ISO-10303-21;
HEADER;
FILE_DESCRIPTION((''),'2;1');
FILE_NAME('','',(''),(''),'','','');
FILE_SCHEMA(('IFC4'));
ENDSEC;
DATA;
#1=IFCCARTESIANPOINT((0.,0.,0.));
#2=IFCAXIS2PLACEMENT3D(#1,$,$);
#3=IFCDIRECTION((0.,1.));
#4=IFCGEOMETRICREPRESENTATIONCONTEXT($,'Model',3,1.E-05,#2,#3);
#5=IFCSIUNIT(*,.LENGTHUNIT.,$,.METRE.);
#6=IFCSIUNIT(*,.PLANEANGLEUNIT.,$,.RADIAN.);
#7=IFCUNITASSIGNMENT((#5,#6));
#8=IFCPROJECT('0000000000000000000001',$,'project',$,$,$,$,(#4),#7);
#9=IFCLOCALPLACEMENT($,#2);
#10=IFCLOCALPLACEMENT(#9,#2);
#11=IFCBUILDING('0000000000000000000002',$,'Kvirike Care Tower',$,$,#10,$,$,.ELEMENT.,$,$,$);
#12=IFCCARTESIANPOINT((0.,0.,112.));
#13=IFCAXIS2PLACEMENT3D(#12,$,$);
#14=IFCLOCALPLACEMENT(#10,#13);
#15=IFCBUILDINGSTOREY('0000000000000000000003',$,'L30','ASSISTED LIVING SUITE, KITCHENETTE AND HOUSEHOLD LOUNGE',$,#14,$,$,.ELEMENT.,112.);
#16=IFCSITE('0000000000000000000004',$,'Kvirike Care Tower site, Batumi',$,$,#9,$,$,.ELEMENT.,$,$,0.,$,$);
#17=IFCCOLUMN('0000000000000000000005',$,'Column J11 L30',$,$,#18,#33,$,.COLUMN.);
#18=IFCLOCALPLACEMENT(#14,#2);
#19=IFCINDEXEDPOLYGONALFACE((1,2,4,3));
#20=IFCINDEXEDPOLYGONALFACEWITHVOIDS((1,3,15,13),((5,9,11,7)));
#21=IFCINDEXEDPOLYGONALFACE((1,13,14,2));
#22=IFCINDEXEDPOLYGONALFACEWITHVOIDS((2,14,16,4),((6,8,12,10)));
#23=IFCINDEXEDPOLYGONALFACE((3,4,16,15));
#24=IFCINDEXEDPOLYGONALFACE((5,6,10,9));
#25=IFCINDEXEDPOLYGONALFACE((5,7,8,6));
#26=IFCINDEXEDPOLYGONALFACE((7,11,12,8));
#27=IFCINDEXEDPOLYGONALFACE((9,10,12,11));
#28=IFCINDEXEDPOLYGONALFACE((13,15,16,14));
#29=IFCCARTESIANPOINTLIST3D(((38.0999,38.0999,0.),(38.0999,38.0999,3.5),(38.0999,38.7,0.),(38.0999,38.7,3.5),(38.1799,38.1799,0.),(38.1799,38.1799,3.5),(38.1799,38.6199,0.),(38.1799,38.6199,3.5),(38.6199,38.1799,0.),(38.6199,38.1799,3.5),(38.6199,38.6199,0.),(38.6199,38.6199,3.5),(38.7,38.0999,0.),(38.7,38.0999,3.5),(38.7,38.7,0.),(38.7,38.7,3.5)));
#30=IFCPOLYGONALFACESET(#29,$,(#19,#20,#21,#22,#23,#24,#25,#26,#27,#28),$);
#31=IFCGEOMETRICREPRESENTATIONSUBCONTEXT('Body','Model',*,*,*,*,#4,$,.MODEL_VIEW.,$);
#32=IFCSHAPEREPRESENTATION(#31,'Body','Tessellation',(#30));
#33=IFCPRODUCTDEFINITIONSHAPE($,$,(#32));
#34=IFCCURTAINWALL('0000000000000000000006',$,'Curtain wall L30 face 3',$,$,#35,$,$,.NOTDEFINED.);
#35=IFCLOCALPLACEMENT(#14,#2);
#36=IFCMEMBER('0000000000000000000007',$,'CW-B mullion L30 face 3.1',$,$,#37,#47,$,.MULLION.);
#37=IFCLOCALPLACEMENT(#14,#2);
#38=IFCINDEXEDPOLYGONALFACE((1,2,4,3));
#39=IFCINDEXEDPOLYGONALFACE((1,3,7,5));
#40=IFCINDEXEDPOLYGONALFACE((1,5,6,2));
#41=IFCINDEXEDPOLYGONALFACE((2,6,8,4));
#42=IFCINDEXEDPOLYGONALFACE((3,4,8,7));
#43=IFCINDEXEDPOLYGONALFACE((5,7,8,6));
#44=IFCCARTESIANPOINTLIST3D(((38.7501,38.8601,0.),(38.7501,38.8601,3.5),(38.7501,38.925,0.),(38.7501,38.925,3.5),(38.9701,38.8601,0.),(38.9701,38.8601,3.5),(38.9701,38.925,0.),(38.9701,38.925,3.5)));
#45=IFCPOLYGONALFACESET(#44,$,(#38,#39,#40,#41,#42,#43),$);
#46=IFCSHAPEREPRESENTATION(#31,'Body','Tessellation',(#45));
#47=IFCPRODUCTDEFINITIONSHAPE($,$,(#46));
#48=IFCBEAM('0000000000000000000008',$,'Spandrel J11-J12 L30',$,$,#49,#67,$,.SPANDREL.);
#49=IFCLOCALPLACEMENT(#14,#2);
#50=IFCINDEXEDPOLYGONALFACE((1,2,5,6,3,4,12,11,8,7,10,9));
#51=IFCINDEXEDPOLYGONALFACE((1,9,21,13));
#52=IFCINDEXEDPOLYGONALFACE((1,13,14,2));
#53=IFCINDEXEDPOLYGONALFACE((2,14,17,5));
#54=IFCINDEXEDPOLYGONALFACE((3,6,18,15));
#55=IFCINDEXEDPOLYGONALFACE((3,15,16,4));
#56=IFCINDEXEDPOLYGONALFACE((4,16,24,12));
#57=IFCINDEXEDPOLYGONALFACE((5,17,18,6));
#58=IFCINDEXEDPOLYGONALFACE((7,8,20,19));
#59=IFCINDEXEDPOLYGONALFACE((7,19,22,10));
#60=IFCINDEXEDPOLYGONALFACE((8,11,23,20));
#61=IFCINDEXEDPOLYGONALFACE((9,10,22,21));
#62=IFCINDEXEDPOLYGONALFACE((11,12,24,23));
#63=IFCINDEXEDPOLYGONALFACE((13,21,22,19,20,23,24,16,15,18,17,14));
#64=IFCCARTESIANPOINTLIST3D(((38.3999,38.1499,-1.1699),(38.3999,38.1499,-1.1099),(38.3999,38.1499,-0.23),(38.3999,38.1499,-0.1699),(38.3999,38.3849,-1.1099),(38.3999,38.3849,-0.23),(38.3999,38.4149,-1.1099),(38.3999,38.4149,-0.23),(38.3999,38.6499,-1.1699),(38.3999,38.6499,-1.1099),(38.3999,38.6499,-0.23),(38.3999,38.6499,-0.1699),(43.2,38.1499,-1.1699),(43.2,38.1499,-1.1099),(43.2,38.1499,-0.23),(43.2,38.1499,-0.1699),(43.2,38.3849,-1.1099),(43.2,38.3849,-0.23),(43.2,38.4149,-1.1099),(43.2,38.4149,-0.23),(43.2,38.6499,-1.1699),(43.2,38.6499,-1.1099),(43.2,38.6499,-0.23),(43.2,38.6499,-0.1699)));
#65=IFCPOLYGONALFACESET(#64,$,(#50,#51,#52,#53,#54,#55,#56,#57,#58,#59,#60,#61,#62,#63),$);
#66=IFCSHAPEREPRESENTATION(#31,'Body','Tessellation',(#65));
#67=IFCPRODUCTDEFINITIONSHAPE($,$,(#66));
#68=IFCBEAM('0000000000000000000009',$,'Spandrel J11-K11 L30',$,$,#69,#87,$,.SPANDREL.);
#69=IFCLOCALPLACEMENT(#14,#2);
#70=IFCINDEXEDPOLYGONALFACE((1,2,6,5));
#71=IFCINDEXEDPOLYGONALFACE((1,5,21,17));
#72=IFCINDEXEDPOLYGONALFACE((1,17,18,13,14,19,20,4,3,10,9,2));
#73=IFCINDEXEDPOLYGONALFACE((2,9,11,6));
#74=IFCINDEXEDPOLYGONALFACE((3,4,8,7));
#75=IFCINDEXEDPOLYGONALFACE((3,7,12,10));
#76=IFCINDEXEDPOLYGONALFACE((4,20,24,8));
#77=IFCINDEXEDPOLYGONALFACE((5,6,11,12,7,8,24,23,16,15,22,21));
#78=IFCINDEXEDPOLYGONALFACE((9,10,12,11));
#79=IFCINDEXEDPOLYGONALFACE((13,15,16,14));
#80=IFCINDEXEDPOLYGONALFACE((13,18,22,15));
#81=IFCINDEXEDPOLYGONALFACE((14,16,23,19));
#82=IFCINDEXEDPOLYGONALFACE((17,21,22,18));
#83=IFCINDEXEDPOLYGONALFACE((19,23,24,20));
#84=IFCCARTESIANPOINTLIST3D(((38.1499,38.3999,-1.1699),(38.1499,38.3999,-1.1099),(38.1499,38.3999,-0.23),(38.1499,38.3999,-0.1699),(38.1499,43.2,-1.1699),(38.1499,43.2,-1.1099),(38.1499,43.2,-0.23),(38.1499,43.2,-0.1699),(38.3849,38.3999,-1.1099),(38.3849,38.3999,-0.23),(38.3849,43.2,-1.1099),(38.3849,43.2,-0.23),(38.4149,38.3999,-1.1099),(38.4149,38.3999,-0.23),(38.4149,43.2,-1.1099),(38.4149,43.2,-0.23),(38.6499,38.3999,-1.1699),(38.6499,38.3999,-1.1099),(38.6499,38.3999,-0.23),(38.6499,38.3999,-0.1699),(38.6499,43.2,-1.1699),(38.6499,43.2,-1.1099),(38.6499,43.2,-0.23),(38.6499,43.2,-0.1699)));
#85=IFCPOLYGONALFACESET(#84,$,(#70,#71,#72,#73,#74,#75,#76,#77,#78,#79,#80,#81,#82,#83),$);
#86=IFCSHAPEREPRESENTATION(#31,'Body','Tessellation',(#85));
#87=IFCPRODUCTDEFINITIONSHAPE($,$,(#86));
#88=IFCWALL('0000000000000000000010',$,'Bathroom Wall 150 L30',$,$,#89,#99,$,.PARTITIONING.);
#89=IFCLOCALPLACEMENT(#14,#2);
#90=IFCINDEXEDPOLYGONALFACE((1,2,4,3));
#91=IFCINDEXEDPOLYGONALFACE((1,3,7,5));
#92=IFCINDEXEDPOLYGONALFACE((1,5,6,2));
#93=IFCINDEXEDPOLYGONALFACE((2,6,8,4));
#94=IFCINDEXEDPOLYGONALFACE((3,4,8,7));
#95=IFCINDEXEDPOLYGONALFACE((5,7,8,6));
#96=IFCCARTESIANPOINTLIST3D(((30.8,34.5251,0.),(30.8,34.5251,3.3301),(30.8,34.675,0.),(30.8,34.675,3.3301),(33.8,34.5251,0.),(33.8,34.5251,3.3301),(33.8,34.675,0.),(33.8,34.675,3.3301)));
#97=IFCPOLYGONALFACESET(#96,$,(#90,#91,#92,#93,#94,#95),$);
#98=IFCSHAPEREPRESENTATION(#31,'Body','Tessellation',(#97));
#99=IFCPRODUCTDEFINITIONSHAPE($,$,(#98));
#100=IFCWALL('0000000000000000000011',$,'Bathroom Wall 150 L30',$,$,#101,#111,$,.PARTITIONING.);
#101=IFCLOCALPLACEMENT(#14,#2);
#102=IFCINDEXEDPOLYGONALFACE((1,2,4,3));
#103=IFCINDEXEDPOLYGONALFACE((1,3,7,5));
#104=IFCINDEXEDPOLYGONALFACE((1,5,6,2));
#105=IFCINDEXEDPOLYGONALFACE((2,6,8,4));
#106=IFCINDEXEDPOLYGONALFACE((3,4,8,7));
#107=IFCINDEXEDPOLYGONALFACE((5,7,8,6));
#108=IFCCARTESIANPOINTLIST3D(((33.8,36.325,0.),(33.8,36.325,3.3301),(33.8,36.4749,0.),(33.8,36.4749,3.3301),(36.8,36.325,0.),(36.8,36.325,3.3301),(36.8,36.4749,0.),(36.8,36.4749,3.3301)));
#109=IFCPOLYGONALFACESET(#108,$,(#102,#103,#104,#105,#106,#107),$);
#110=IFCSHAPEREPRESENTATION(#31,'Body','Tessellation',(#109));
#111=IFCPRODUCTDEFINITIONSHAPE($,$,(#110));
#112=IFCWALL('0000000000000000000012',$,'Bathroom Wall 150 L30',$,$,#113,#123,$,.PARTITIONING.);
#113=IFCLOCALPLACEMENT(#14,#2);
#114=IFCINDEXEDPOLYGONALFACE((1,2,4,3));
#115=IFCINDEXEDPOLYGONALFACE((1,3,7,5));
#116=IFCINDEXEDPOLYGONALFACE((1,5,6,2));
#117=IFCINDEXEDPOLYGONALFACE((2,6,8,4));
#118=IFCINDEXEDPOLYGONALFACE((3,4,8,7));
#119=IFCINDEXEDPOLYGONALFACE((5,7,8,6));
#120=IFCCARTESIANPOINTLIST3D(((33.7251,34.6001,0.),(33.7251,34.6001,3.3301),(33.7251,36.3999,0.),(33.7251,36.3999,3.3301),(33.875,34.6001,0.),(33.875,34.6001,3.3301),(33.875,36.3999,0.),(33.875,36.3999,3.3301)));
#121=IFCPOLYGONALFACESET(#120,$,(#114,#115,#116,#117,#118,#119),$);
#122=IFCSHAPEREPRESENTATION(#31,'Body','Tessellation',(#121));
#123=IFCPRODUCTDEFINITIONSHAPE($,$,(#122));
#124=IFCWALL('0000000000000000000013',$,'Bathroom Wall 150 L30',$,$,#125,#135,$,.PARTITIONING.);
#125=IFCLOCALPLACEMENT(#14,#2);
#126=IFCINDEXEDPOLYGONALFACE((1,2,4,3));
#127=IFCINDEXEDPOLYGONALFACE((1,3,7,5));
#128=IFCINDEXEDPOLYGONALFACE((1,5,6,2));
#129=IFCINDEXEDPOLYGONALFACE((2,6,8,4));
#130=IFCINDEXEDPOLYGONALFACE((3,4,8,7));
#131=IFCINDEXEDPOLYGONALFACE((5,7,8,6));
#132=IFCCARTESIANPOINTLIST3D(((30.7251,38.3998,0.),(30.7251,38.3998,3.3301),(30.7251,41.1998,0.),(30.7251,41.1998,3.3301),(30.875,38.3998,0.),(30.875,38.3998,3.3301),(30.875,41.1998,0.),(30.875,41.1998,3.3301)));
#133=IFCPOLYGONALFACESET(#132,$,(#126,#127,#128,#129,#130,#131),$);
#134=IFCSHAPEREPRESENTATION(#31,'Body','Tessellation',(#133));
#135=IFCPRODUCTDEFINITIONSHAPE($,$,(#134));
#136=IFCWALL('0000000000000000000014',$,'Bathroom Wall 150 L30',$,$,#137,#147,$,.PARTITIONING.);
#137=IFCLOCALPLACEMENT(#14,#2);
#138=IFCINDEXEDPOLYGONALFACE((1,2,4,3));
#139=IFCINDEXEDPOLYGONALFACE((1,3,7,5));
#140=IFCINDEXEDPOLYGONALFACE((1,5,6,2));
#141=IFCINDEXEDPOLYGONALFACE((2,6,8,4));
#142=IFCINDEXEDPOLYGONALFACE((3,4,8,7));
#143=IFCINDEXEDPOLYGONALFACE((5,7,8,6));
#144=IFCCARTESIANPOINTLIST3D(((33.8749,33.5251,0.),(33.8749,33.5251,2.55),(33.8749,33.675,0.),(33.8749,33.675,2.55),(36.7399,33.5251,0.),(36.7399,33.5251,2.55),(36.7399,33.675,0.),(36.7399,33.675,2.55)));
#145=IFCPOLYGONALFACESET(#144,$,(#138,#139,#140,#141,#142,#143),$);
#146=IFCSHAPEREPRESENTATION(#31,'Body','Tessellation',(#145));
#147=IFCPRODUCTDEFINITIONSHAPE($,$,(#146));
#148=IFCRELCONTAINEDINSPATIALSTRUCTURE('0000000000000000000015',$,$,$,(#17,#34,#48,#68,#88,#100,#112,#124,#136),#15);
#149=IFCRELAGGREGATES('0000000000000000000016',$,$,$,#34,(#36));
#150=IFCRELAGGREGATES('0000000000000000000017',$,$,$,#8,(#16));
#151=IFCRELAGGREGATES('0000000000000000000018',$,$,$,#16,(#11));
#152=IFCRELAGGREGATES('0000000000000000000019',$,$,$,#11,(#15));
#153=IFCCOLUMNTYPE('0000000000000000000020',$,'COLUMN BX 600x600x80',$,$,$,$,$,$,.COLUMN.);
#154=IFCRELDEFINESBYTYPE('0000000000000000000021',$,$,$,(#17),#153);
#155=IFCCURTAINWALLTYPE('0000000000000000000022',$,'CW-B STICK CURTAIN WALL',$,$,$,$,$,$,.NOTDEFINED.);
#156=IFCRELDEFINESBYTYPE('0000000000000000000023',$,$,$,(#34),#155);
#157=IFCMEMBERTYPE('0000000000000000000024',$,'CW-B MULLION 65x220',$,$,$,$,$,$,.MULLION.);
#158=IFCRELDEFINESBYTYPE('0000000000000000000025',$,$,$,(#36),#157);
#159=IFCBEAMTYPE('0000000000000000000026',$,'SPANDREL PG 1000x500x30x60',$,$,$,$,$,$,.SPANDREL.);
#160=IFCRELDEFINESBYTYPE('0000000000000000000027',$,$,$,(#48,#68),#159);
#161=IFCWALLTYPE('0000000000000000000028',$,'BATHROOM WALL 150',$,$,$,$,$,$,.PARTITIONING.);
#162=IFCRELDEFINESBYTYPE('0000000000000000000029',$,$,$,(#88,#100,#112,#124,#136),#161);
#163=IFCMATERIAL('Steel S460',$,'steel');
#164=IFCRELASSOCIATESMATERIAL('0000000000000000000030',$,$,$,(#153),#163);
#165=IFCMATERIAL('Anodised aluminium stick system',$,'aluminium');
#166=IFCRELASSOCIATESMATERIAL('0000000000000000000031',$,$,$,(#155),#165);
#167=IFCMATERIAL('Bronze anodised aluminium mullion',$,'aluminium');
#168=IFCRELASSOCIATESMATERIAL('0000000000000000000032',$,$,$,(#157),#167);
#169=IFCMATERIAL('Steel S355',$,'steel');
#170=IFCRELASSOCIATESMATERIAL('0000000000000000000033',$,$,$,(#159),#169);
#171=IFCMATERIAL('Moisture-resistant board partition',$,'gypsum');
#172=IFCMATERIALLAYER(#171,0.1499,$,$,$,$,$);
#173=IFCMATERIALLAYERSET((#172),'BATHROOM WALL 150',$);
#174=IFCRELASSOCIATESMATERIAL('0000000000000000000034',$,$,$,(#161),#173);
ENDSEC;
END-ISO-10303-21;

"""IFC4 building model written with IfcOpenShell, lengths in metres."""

from ifc_helpers import new_model, si_unit, direction, frame, frame_2d, origin, origin_2d, place, context, subcontext, project, spatial, rectangle, hollow_rectangle, i_section, extrude, material, layer, layer_set, material_profile, profile_set, type_object, element, aggregate, save


model = new_model("IFC4")

# Units and contexts
model_context = context("Model", 3, precision=1e-05, world=origin(), true_north=direction((0.0, 1.0)))
body_context = subcontext(model_context, "Body", "Model", "MODEL_VIEW")
ifc_project = project(units=[si_unit("LENGTHUNIT", "METRE"), si_unit("PLANEANGLEUNIT", "RADIAN")], contexts=[model_context])

# Site, building, storey
site_placement = place(None, origin())
site = spatial("IfcSite", under=ifc_project, at=site_placement, Name="Kvirike Care Tower site, Batumi", CompositionType="ELEMENT", RefElevation=0.0)
building_placement = place(site_placement, origin())
building = spatial("IfcBuilding", under=site, at=building_placement, Name="Kvirike Care Tower", CompositionType="ELEMENT")
storey_placement = place(building_placement, frame((0.0, 0.0, 112.0)))
storey = spatial("IfcBuildingStorey", under=building, at=storey_placement, Name="L30", Description="ASSISTED LIVING SUITE, KITCHENETTE AND HOUSEHOLD LOUNGE", CompositionType="ELEMENT", Elevation=112.0)

# Column
ifc_material_1 = material(Name="Steel S460", Category="steel")
ifc_material_profile_1 = material_profile(ifc_material_1, hollow_rectangle(XDim=0.6001, YDim=0.6001, WallThickness=0.0801, at=origin_2d()), Name="BX 600x600x80")
ifc_profile_set_1 = profile_set([ifc_material_profile_1], Name="Steel S460")
column_type = type_object("IfcColumnType", Name="COLUMN BX 600x600x80", PredefinedType="COLUMN", material=ifc_profile_set_1)
column_placement = place(storey_placement, frame((38.3999, 38.3999, 0.0), z_axis=(0.0, 0.0, 1.0), x_axis=(0.0, 1.0, 0.0)))
element("IfcColumn", 1, at=column_placement, inside=storey, type_object=column_type, Name="Column J11 L30", PredefinedType="COLUMN", context=body_context, shape_type="SweptSolid", body=[
    extrude(hollow_rectangle(XDim=0.6001, YDim=0.6001, WallThickness=0.0801, at=origin_2d()), origin(), (0.0, 0.0, 1.0), 3.5),
])

# Curtain wall, member
ifc_material_2 = material(Name="Anodised aluminium stick system", Category="aluminium")
curtain_wall_type = type_object("IfcCurtainWallType", Name="CW-B STICK CURTAIN WALL", PredefinedType="NOTDEFINED", material=ifc_material_2)
curtain_wall_placement = place(storey_placement, origin())
curtain_wall = element("IfcCurtainWall", 2, at=curtain_wall_placement, inside=storey, type_object=curtain_wall_type, Name="Curtain wall L30 face 3", PredefinedType="NOTDEFINED")
ifc_material_3 = material(Name="Bronze anodised aluminium mullion", Category="aluminium")
ifc_material_profile_2 = material_profile(ifc_material_3, rectangle(XDim=0.0649, YDim=0.22, at=origin_2d()), Name="CW-B MULLION 65x220")
ifc_profile_set_2 = profile_set([ifc_material_profile_2], Name="Bronze anodised aluminium mullion")
member_type = type_object("IfcMemberType", Name="CW-B MULLION 65x220", PredefinedType="MULLION", material=ifc_profile_set_2)
member_placement = place(storey_placement, frame((38.8601, 38.8926, 0.0), z_axis=(0.0, 0.0, 1.0), x_axis=(0.0, 1.0, 0.0)))
member = element("IfcMember", 3, at=member_placement, type_object=member_type, Name="CW-B mullion L30 face 3.1", PredefinedType="MULLION", context=body_context, shape_type="SweptSolid", body=[
    extrude(rectangle(XDim=0.0649, YDim=0.22, at=origin_2d()), origin(), (0.0, 0.0, 1.0), 3.5),
])
aggregate(curtain_wall, [member])

# Beams
ifc_material_4 = material(Name="Steel S355", Category="steel")
ifc_material_profile_3 = material_profile(ifc_material_4, i_section(OverallWidth=0.5, OverallDepth=1.0, WebThickness=0.03, FlangeThickness=0.0601, at=origin_2d()), Name="PG 1000x500x30x60")
ifc_profile_set_3 = profile_set([ifc_material_profile_3], Name="Steel S355")
beam_type = type_object("IfcBeamType", Name="SPANDREL PG 1000x500x30x60", PredefinedType="SPANDREL", material=ifc_profile_set_3)
for number, where, z_axis, x_axis, name in (
    (4, (38.3999, 38.3999, -0.6699), (1.0, 0.0, 0.0), (0.0, 1.0, 0.0), "Spandrel J11-J12 L30"),
    (5, (38.3999, 38.3999, -0.6699), (0.0, 1.0, 0.0), (-1.0, 0.0, 0.0), "Spandrel J11-K11 L30"),
):
    element("IfcBeam", number, at=place(storey_placement, frame(where, z_axis=z_axis, x_axis=x_axis)), inside=storey, type_object=beam_type, Name=name, PredefinedType="SPANDREL", context=body_context, shape_type="SweptSolid", body=[
        extrude(i_section(OverallWidth=0.5, OverallDepth=1.0, WebThickness=0.03, FlangeThickness=0.0601, at=origin_2d()), origin(), (0.0, 0.0, 1.0), 4.8),
    ])

# Walls
ifc_material_5 = material(Name="Moisture-resistant board partition", Category="gypsum")
ifc_layer_1 = layer(ifc_material_5, 0.1499)
ifc_layer_set_1 = layer_set([ifc_layer_1], Name="BATHROOM WALL 150")
wall_type_1 = type_object("IfcWallType", Name="BATHROOM WALL 150", PredefinedType="PARTITIONING", material=ifc_layer_set_1)
for number, where, z_axis, x_axis, name in (
    (6, (33.8, 34.6001, 0.0), (0.0, 0.0, 1.0), (-1.0, 0.0, 0.0), "Bathroom Wall 150 L30"),
    (7, (36.8, 36.3999, 0.0), (0.0, 0.0, 1.0), (-1.0, 0.0, 0.0), "Bathroom Wall 150 L30"),
):
    element("IfcWall", number, at=place(storey_placement, frame(where, z_axis=z_axis, x_axis=x_axis)), inside=storey, type_object=wall_type_1, Name=name, PredefinedType="PARTITIONING", context=body_context, shape_type="SweptSolid", body=[
        extrude(rectangle(XDim=3.0, YDim=0.1499, at=frame_2d((1.5, 0.0))), origin(), (0.0, 0.0, 1.0), 3.3301),
    ])
wall_1_placement = place(storey_placement, frame((33.8, 34.6001, 0.0), z_axis=(0.0, 0.0, 1.0), x_axis=(0.0, 1.0, 0.0)))
element("IfcWall", 8, at=wall_1_placement, inside=storey, type_object=wall_type_1, Name="Bathroom Wall 150 L30", PredefinedType="PARTITIONING", context=body_context, shape_type="SweptSolid", body=[
    extrude(rectangle(XDim=1.7998, YDim=0.1499, at=frame_2d((0.8999, 0.0))), origin(), (0.0, 0.0, 1.0), 3.3301),
])
wall_2_placement = place(storey_placement, frame((30.8, 38.3999, 0.0), z_axis=(0.0, 0.0, 1.0), x_axis=(0.0, 1.0, 0.0)))
element("IfcWall", 9, at=wall_2_placement, inside=storey, type_object=wall_type_1, Name="Bathroom Wall 150 L30", PredefinedType="PARTITIONING", context=body_context, shape_type="SweptSolid", body=[
    extrude(rectangle(XDim=2.8, YDim=0.1499, at=frame_2d((1.3999, 0.0))), origin(), (0.0, 0.0, 1.0), 3.3301),
])
wall_3_placement = place(storey_placement, frame((36.74, 33.6001, 0.0), z_axis=(0.0, 0.0, 1.0), x_axis=(-1.0, 0.0, 0.0)))
element("IfcWall", 10, at=wall_3_placement, inside=storey, type_object=wall_type_1, Name="Bathroom Wall 150 L30", PredefinedType="PARTITIONING", context=body_context, shape_type="SweptSolid", body=[
    extrude(rectangle(XDim=2.865, YDim=0.1499, at=frame_2d((1.4326, 0.0))), origin(), (0.0, 0.0, 1.0), 2.55),
])

save(model, "model.ifc")
